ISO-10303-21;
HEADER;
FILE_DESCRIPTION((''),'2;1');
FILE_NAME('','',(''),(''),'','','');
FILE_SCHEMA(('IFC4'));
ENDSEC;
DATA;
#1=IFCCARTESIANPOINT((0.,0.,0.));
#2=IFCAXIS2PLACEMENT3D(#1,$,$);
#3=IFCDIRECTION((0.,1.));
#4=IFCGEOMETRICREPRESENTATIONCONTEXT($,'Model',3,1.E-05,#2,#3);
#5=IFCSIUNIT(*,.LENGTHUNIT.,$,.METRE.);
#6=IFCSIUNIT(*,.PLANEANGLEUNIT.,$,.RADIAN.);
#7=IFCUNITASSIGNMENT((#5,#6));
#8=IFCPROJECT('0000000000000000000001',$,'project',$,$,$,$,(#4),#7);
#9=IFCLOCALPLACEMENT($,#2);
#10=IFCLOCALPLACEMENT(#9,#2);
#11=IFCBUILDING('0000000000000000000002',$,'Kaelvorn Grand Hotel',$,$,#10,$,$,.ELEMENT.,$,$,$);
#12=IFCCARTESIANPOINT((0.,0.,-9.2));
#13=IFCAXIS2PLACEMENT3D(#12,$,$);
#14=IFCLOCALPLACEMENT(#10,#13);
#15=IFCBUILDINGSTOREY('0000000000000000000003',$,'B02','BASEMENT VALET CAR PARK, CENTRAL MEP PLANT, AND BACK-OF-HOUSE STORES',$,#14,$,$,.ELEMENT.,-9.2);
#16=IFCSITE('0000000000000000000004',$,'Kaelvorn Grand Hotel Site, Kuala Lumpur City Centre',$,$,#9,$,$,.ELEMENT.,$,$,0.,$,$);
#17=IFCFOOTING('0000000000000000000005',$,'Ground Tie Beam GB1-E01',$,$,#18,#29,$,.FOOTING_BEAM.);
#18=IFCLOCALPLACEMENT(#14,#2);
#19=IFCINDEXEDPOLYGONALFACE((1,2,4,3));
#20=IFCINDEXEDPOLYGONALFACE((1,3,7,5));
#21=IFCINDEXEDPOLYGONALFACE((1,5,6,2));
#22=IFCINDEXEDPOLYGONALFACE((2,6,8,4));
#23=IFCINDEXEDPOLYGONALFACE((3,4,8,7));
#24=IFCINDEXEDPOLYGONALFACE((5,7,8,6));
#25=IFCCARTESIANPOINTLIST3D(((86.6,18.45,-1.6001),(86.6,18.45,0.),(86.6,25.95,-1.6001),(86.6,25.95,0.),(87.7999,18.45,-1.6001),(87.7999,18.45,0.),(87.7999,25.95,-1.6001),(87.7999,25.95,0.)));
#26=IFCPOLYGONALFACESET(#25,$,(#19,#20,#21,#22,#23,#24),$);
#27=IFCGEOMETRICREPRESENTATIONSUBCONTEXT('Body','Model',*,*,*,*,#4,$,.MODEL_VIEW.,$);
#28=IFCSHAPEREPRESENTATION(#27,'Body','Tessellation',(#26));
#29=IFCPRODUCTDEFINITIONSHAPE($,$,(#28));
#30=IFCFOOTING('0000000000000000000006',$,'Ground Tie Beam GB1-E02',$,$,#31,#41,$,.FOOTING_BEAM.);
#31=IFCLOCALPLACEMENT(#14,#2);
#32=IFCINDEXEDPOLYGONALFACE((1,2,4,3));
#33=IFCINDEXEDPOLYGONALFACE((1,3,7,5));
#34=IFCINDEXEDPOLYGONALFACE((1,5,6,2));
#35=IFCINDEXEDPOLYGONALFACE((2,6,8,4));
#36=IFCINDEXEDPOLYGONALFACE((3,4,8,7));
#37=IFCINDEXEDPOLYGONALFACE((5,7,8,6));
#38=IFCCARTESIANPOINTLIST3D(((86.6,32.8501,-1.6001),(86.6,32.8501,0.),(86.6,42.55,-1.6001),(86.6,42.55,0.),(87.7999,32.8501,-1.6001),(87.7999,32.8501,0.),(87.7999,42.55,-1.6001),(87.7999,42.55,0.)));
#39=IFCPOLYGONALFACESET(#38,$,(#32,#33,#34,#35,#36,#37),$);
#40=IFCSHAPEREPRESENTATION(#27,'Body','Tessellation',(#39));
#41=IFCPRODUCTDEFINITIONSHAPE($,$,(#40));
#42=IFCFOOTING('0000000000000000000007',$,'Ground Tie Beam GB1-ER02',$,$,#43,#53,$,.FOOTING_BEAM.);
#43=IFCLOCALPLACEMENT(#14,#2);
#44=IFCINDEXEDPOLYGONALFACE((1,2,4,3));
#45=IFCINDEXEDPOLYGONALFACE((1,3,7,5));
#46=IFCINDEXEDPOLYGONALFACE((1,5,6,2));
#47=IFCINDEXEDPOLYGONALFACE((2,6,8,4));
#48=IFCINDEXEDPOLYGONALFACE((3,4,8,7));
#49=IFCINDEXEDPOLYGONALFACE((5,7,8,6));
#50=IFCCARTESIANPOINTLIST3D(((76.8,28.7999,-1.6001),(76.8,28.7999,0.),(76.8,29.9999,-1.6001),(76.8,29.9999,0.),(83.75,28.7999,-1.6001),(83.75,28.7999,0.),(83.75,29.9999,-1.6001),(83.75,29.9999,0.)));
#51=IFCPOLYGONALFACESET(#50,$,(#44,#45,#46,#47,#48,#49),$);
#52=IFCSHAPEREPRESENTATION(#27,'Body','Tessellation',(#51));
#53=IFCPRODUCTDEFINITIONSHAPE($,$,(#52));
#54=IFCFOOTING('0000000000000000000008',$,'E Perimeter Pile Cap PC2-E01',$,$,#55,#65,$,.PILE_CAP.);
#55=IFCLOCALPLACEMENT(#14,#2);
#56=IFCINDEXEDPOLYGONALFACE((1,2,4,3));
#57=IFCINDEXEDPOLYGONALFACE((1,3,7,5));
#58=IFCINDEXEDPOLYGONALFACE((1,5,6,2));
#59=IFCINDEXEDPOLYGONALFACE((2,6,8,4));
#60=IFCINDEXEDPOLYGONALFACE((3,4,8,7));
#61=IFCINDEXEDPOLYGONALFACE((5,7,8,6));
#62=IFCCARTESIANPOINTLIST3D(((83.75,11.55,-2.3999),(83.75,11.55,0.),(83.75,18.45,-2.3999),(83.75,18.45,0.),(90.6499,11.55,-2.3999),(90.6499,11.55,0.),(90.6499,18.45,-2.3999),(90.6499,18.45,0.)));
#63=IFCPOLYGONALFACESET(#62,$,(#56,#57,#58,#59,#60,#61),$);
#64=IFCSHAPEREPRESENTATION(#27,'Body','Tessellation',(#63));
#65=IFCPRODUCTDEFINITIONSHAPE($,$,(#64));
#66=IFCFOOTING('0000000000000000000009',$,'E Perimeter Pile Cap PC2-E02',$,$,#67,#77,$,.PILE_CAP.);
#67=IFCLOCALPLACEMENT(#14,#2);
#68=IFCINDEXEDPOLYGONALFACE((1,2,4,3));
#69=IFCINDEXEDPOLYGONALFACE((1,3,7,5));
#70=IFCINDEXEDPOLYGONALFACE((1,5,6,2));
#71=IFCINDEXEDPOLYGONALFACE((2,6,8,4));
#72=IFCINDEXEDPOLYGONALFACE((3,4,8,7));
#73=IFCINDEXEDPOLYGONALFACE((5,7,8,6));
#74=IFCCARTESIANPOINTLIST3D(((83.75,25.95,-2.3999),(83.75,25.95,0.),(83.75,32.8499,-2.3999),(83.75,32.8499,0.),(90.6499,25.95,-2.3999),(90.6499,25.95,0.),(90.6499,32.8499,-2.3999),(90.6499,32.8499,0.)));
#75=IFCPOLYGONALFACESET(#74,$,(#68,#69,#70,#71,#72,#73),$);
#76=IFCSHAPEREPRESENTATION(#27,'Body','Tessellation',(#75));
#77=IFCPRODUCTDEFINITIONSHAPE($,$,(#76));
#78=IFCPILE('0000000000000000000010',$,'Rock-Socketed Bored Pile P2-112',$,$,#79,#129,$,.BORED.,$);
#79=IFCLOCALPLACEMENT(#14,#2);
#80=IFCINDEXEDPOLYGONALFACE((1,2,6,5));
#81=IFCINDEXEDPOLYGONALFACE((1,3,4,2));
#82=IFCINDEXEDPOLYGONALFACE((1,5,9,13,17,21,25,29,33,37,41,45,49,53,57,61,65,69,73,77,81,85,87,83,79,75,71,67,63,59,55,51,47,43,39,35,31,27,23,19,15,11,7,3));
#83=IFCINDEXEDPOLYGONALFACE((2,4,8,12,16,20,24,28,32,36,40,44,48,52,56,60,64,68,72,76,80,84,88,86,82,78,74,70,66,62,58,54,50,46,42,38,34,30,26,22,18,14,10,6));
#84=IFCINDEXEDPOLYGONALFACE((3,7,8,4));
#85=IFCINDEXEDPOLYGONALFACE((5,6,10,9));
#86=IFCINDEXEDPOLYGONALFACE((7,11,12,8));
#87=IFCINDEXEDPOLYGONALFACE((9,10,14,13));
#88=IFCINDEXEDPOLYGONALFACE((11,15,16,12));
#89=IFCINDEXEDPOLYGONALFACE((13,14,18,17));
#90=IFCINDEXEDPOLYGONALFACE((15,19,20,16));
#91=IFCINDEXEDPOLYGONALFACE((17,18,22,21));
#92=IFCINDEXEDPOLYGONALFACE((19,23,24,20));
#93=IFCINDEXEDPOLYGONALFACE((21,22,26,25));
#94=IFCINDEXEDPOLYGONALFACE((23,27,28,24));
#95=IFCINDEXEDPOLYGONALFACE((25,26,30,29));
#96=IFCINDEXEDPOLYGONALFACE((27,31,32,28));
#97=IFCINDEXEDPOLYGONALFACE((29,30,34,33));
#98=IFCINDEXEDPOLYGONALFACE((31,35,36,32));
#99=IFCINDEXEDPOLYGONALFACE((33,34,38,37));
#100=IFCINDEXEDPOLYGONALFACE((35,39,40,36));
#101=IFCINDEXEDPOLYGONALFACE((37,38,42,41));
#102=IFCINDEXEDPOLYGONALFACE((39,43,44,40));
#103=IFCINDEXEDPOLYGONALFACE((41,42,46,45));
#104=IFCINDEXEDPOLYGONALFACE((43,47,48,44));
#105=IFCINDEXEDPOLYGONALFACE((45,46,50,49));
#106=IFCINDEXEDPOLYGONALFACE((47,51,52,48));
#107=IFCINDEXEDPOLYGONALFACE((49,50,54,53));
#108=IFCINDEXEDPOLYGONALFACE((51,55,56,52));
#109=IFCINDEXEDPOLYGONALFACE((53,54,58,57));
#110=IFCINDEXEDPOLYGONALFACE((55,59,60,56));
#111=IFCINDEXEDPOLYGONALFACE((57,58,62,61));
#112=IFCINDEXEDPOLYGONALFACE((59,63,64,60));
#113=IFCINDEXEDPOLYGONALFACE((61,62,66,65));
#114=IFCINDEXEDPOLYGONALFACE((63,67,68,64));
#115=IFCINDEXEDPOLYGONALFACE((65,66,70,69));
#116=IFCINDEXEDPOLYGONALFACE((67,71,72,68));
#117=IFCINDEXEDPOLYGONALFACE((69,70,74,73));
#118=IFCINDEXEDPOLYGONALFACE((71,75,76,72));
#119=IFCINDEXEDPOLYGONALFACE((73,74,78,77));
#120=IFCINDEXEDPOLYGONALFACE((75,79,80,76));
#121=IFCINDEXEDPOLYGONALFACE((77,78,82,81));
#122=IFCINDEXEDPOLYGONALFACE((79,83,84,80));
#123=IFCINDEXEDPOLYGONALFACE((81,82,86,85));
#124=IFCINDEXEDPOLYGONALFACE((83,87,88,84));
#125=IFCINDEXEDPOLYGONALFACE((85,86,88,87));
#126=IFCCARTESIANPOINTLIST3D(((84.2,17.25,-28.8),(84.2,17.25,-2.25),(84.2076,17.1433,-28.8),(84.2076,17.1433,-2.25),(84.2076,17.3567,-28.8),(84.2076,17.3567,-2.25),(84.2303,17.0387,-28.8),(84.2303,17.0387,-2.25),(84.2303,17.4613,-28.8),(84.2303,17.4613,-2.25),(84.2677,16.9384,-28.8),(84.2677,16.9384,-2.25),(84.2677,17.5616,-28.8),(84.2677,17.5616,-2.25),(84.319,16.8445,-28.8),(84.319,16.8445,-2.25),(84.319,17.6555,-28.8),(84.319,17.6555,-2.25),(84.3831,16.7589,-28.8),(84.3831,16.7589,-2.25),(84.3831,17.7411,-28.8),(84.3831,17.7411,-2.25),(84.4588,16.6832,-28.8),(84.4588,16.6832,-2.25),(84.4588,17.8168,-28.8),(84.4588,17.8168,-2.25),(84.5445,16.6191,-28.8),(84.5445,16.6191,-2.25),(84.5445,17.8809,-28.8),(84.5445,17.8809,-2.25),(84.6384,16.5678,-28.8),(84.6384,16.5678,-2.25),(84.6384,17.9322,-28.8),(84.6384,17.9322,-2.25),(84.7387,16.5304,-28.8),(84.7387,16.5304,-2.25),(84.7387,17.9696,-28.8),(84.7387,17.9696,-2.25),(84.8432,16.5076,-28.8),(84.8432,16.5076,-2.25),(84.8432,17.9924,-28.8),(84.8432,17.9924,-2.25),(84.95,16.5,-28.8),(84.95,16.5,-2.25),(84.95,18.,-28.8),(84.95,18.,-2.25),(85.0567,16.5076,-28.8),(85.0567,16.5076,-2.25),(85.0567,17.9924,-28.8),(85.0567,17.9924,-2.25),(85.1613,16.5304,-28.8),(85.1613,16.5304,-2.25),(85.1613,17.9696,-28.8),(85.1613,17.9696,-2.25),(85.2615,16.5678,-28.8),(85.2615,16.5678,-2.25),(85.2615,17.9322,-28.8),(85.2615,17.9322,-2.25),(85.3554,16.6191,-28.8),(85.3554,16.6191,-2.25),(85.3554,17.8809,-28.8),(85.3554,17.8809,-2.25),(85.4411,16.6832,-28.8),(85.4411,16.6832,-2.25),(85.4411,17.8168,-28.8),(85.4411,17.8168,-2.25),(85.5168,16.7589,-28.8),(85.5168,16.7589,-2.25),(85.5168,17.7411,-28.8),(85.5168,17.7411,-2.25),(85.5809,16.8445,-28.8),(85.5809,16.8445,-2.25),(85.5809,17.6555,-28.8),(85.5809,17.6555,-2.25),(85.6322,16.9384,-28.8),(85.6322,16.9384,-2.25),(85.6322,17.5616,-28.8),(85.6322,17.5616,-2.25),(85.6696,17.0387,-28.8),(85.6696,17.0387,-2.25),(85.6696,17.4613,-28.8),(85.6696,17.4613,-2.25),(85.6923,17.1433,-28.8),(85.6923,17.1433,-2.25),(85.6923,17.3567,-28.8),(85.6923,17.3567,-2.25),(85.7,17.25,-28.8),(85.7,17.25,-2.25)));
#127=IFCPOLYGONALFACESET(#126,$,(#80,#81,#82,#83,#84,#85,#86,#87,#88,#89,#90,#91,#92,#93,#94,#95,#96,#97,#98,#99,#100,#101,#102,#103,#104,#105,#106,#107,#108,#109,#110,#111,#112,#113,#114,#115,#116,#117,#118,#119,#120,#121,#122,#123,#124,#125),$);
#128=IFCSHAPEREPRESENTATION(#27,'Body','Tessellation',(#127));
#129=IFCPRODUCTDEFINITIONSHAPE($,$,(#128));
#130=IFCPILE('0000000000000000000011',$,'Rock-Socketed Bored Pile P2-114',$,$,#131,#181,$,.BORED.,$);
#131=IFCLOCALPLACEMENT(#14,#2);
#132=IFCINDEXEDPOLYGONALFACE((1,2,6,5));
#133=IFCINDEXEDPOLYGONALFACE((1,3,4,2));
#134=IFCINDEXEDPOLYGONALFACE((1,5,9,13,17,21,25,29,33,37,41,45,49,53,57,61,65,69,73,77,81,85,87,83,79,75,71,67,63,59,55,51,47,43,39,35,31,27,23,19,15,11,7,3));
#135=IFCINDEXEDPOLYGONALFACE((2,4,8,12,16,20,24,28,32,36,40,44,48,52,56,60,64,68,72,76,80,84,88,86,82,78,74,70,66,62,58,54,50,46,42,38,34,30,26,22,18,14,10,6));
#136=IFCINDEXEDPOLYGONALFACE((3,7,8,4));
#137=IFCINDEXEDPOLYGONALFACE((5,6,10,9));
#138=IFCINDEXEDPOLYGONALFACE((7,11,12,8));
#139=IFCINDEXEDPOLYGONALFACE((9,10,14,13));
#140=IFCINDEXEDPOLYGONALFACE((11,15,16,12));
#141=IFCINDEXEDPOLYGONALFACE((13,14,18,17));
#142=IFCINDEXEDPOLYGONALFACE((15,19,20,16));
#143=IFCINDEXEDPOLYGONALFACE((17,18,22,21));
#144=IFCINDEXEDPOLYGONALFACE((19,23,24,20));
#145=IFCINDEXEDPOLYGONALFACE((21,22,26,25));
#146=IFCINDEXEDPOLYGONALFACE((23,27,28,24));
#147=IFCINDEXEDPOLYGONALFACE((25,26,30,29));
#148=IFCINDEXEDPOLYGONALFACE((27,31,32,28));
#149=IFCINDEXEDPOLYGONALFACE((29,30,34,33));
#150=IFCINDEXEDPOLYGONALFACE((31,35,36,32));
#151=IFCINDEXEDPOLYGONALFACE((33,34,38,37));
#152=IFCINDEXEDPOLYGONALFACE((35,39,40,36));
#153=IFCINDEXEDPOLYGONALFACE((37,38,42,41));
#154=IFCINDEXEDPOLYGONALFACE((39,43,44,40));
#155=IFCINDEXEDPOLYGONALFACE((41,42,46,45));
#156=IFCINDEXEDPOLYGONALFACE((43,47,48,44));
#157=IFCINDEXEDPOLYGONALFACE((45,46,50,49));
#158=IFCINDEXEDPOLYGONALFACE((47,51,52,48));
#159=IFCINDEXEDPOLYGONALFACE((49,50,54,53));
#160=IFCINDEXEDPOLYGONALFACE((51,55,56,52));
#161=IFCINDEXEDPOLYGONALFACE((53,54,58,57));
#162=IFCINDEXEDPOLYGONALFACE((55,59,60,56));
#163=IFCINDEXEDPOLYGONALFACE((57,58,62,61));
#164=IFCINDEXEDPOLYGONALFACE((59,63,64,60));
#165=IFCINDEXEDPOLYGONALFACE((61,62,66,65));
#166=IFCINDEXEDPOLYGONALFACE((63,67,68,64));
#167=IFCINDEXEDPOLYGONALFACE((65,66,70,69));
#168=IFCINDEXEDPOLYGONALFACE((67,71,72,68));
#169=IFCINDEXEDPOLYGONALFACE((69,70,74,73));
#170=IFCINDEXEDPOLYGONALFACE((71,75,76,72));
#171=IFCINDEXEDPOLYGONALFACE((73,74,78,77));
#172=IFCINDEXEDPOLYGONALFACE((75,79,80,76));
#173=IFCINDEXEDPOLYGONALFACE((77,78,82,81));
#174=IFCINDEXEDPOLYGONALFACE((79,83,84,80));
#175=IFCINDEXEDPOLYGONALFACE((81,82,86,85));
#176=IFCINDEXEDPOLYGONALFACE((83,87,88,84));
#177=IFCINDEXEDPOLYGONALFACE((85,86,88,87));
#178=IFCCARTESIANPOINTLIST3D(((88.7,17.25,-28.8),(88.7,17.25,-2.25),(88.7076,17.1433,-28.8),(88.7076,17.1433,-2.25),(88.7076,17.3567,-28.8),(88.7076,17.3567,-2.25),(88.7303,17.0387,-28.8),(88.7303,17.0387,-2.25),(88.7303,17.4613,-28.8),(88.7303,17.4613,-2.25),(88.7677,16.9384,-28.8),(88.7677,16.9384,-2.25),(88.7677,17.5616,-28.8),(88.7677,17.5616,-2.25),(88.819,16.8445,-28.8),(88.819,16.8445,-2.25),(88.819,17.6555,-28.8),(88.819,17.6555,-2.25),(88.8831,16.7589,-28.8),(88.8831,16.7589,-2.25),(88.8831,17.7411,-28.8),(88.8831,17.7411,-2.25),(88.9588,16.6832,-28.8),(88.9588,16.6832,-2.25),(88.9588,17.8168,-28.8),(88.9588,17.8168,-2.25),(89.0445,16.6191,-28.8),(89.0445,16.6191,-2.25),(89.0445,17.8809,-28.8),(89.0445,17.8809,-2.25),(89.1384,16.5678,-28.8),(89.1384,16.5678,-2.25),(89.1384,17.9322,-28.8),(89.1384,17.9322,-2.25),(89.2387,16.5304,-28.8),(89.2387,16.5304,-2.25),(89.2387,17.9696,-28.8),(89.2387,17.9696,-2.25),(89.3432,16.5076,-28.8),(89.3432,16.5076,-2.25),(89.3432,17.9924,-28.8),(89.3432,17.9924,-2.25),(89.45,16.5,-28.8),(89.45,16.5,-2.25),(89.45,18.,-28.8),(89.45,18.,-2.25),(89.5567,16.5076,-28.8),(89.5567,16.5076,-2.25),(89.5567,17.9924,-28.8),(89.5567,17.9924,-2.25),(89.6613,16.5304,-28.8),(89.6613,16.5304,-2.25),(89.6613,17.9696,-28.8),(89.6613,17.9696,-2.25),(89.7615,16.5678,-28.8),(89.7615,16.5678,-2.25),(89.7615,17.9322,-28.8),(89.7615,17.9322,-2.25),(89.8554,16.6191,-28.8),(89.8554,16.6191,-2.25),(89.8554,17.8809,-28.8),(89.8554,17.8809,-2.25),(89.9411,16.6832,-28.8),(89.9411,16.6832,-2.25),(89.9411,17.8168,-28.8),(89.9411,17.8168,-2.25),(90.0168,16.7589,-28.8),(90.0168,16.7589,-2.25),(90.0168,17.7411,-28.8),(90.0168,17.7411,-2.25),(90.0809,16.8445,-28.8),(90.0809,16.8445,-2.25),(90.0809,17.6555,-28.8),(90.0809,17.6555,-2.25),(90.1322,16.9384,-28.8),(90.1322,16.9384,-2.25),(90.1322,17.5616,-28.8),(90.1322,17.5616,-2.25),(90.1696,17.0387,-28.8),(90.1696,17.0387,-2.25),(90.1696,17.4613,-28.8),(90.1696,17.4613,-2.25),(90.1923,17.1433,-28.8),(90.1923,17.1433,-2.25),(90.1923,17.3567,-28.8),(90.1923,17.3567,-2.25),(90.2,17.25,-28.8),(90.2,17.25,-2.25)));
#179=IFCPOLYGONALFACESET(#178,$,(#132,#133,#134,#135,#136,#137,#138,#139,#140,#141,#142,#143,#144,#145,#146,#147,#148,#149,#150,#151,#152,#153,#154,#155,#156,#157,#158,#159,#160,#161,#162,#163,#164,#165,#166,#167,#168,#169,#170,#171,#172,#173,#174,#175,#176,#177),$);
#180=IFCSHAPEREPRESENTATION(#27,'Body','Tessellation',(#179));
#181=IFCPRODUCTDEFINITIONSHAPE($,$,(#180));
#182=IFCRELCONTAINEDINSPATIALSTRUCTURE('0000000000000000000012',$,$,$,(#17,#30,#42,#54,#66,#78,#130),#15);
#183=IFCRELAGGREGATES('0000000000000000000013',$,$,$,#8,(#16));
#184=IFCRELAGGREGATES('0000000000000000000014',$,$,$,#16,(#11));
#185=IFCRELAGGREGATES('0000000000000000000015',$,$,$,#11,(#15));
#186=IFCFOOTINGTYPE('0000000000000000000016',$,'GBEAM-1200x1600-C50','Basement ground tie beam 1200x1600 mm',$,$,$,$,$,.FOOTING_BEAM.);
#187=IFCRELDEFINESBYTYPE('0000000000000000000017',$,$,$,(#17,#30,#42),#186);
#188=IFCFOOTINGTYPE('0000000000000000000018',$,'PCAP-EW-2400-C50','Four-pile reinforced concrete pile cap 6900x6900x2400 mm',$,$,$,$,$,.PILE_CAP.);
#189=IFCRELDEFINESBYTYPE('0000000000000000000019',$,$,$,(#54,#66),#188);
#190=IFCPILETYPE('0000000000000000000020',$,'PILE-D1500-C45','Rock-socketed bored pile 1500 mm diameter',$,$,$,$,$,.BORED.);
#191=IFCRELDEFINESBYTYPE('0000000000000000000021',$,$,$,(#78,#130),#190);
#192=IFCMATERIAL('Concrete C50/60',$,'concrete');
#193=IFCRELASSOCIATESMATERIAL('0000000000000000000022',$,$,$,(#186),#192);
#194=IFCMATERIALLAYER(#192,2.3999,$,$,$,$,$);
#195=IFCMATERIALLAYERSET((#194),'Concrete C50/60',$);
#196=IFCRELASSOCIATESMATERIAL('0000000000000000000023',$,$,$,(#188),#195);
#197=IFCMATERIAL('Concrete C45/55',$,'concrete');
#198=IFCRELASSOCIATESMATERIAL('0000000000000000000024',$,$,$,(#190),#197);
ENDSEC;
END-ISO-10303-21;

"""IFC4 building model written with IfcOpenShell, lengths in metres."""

from ifc_helpers import new_model, si_unit, direction, frame, origin, origin_2d, place, context, subcontext, project, spatial, rectangle, circle, extrude, material, layer, layer_set, material_profile, profile_set, type_object, element, save


model = new_model("IFC4")

# Units and contexts
model_context = context("Model", 3, precision=1e-05, world=origin(), true_north=direction((0.0, 1.0)))
body_context = subcontext(model_context, "Body", "Model", "MODEL_VIEW")
ifc_project = project(units=[si_unit("LENGTHUNIT", "METRE"), si_unit("PLANEANGLEUNIT", "RADIAN")], contexts=[model_context])

# Site, building, storey
site_placement = place(None, origin())
site = spatial("IfcSite", under=ifc_project, at=site_placement, Name="Kaelvorn Grand Hotel Site, Kuala Lumpur City Centre", CompositionType="ELEMENT", RefElevation=0.0)
building_placement = place(site_placement, origin())
building = spatial("IfcBuilding", under=site, at=building_placement, Name="Kaelvorn Grand Hotel", CompositionType="ELEMENT")
storey_placement = place(building_placement, frame((0.0, 0.0, -9.2)))
storey = spatial("IfcBuildingStorey", under=building, at=storey_placement, Name="B02", Description="BASEMENT VALET CAR PARK, CENTRAL MEP PLANT, AND BACK-OF-HOUSE STORES", CompositionType="ELEMENT", Elevation=-9.2)

# Footings
ifc_material_1 = material(Name="Concrete C50/60", Category="concrete")
ifc_material_profile_1 = material_profile(ifc_material_1, rectangle(XDim=1.2, YDim=1.6001, at=origin_2d()), Name="GB 1200x1600")
ifc_profile_set_1 = profile_set([ifc_material_profile_1], Name="Concrete C50/60")
footing_type_1 = type_object("IfcFootingType", Name="GBEAM-1200x1600-C50", Description="Basement ground tie beam 1200x1600 mm", PredefinedType="FOOTING_BEAM", material=ifc_profile_set_1)
footing_1_placement = place(storey_placement, frame((87.2, 18.45, -0.8), z_axis=(0.0, 1.0, 0.0), x_axis=(-1.0, 0.0, 0.0)))
element("IfcFooting", 1, at=footing_1_placement, inside=storey, type_object=footing_type_1, Name="Ground Tie Beam GB1-E01", PredefinedType="FOOTING_BEAM", context=body_context, shape_type="SweptSolid", body=[
    extrude(rectangle(XDim=1.2, YDim=1.6001, at=origin_2d()), origin(), (0.0, 0.0, 1.0), 7.5),
])
footing_2_placement = place(storey_placement, frame((87.2, 32.8501, -0.8), z_axis=(0.0, 1.0, 0.0), x_axis=(-1.0, 0.0, 0.0)))
element("IfcFooting", 2, at=footing_2_placement, inside=storey, type_object=footing_type_1, Name="Ground Tie Beam GB1-E02", PredefinedType="FOOTING_BEAM", context=body_context, shape_type="SweptSolid", body=[
    extrude(rectangle(XDim=1.2, YDim=1.6001, at=origin_2d()), origin(), (0.0, 0.0, 1.0), 9.7),
])
footing_3_placement = place(storey_placement, frame((76.8, 29.3999, -0.8), z_axis=(1.0, 0.0, 0.0), x_axis=(0.0, 1.0, 0.0)))
element("IfcFooting", 3, at=footing_3_placement, inside=storey, type_object=footing_type_1, Name="Ground Tie Beam GB1-ER02", PredefinedType="FOOTING_BEAM", context=body_context, shape_type="SweptSolid", body=[
    extrude(rectangle(XDim=1.2, YDim=1.6001, at=origin_2d()), origin(), (0.0, 0.0, 1.0), 6.95),
])
ifc_layer_1 = layer(ifc_material_1, 2.3999)
ifc_layer_set_1 = layer_set([ifc_layer_1], Name="Concrete C50/60")
footing_type_2 = type_object("IfcFootingType", Name="PCAP-EW-2400-C50", Description="Four-pile reinforced concrete pile cap 6900x6900x2400 mm", PredefinedType="PILE_CAP", material=ifc_layer_set_1)
for number, where, z_axis, x_axis, name in (
    (4, (87.2, 15.0, -2.3999), (0.0, 0.0, 1.0), (1.0, 0.0, 0.0), "E Perimeter Pile Cap PC2-E01"),
    (5, (87.2, 29.3999, -2.3999), (0.0, 0.0, 1.0), (1.0, 0.0, 0.0), "E Perimeter Pile Cap PC2-E02"),
):
    element("IfcFooting", number, at=place(storey_placement, frame(where, z_axis=z_axis, x_axis=x_axis)), inside=storey, type_object=footing_type_2, Name=name, PredefinedType="PILE_CAP", context=body_context, shape_type="SweptSolid", body=[
        extrude(rectangle(XDim=6.8999, YDim=6.8999, at=origin_2d()), origin(), (0.0, 0.0, 1.0), 2.3999),
    ])

# Piles
ifc_material_2 = material(Name="Concrete C45/55", Category="concrete")
ifc_material_profile_2 = material_profile(ifc_material_2, circle(Radius=0.75, at=origin_2d()), Name="BORED PILE D1500")
ifc_profile_set_2 = profile_set([ifc_material_profile_2], Name="Concrete C45/55")
pile_type_1 = type_object("IfcPileType", Name="PILE-D1500-C45", Description="Rock-socketed bored pile 1500 mm diameter", PredefinedType="BORED", material=ifc_profile_set_2)
for number, where, z_axis, x_axis, name in (
    (6, (84.95, 17.25, -2.25), (0.0, 0.0, -1.0), (1.0, 0.0, 0.0), "Rock-Socketed Bored Pile P2-112"),
    (7, (89.45, 17.25, -2.25), (0.0, 0.0, -1.0), (1.0, 0.0, 0.0), "Rock-Socketed Bored Pile P2-114"),
):
    element("IfcPile", number, at=place(storey_placement, frame(where, z_axis=z_axis, x_axis=x_axis)), inside=storey, type_object=pile_type_1, Name=name, PredefinedType="BORED", context=body_context, shape_type="SweptSolid", body=[
        extrude(circle(Radius=0.75, at=origin_2d()), origin(), (0.0, 0.0, 1.0), 26.55),
    ])

save(model, "model.ifc")
